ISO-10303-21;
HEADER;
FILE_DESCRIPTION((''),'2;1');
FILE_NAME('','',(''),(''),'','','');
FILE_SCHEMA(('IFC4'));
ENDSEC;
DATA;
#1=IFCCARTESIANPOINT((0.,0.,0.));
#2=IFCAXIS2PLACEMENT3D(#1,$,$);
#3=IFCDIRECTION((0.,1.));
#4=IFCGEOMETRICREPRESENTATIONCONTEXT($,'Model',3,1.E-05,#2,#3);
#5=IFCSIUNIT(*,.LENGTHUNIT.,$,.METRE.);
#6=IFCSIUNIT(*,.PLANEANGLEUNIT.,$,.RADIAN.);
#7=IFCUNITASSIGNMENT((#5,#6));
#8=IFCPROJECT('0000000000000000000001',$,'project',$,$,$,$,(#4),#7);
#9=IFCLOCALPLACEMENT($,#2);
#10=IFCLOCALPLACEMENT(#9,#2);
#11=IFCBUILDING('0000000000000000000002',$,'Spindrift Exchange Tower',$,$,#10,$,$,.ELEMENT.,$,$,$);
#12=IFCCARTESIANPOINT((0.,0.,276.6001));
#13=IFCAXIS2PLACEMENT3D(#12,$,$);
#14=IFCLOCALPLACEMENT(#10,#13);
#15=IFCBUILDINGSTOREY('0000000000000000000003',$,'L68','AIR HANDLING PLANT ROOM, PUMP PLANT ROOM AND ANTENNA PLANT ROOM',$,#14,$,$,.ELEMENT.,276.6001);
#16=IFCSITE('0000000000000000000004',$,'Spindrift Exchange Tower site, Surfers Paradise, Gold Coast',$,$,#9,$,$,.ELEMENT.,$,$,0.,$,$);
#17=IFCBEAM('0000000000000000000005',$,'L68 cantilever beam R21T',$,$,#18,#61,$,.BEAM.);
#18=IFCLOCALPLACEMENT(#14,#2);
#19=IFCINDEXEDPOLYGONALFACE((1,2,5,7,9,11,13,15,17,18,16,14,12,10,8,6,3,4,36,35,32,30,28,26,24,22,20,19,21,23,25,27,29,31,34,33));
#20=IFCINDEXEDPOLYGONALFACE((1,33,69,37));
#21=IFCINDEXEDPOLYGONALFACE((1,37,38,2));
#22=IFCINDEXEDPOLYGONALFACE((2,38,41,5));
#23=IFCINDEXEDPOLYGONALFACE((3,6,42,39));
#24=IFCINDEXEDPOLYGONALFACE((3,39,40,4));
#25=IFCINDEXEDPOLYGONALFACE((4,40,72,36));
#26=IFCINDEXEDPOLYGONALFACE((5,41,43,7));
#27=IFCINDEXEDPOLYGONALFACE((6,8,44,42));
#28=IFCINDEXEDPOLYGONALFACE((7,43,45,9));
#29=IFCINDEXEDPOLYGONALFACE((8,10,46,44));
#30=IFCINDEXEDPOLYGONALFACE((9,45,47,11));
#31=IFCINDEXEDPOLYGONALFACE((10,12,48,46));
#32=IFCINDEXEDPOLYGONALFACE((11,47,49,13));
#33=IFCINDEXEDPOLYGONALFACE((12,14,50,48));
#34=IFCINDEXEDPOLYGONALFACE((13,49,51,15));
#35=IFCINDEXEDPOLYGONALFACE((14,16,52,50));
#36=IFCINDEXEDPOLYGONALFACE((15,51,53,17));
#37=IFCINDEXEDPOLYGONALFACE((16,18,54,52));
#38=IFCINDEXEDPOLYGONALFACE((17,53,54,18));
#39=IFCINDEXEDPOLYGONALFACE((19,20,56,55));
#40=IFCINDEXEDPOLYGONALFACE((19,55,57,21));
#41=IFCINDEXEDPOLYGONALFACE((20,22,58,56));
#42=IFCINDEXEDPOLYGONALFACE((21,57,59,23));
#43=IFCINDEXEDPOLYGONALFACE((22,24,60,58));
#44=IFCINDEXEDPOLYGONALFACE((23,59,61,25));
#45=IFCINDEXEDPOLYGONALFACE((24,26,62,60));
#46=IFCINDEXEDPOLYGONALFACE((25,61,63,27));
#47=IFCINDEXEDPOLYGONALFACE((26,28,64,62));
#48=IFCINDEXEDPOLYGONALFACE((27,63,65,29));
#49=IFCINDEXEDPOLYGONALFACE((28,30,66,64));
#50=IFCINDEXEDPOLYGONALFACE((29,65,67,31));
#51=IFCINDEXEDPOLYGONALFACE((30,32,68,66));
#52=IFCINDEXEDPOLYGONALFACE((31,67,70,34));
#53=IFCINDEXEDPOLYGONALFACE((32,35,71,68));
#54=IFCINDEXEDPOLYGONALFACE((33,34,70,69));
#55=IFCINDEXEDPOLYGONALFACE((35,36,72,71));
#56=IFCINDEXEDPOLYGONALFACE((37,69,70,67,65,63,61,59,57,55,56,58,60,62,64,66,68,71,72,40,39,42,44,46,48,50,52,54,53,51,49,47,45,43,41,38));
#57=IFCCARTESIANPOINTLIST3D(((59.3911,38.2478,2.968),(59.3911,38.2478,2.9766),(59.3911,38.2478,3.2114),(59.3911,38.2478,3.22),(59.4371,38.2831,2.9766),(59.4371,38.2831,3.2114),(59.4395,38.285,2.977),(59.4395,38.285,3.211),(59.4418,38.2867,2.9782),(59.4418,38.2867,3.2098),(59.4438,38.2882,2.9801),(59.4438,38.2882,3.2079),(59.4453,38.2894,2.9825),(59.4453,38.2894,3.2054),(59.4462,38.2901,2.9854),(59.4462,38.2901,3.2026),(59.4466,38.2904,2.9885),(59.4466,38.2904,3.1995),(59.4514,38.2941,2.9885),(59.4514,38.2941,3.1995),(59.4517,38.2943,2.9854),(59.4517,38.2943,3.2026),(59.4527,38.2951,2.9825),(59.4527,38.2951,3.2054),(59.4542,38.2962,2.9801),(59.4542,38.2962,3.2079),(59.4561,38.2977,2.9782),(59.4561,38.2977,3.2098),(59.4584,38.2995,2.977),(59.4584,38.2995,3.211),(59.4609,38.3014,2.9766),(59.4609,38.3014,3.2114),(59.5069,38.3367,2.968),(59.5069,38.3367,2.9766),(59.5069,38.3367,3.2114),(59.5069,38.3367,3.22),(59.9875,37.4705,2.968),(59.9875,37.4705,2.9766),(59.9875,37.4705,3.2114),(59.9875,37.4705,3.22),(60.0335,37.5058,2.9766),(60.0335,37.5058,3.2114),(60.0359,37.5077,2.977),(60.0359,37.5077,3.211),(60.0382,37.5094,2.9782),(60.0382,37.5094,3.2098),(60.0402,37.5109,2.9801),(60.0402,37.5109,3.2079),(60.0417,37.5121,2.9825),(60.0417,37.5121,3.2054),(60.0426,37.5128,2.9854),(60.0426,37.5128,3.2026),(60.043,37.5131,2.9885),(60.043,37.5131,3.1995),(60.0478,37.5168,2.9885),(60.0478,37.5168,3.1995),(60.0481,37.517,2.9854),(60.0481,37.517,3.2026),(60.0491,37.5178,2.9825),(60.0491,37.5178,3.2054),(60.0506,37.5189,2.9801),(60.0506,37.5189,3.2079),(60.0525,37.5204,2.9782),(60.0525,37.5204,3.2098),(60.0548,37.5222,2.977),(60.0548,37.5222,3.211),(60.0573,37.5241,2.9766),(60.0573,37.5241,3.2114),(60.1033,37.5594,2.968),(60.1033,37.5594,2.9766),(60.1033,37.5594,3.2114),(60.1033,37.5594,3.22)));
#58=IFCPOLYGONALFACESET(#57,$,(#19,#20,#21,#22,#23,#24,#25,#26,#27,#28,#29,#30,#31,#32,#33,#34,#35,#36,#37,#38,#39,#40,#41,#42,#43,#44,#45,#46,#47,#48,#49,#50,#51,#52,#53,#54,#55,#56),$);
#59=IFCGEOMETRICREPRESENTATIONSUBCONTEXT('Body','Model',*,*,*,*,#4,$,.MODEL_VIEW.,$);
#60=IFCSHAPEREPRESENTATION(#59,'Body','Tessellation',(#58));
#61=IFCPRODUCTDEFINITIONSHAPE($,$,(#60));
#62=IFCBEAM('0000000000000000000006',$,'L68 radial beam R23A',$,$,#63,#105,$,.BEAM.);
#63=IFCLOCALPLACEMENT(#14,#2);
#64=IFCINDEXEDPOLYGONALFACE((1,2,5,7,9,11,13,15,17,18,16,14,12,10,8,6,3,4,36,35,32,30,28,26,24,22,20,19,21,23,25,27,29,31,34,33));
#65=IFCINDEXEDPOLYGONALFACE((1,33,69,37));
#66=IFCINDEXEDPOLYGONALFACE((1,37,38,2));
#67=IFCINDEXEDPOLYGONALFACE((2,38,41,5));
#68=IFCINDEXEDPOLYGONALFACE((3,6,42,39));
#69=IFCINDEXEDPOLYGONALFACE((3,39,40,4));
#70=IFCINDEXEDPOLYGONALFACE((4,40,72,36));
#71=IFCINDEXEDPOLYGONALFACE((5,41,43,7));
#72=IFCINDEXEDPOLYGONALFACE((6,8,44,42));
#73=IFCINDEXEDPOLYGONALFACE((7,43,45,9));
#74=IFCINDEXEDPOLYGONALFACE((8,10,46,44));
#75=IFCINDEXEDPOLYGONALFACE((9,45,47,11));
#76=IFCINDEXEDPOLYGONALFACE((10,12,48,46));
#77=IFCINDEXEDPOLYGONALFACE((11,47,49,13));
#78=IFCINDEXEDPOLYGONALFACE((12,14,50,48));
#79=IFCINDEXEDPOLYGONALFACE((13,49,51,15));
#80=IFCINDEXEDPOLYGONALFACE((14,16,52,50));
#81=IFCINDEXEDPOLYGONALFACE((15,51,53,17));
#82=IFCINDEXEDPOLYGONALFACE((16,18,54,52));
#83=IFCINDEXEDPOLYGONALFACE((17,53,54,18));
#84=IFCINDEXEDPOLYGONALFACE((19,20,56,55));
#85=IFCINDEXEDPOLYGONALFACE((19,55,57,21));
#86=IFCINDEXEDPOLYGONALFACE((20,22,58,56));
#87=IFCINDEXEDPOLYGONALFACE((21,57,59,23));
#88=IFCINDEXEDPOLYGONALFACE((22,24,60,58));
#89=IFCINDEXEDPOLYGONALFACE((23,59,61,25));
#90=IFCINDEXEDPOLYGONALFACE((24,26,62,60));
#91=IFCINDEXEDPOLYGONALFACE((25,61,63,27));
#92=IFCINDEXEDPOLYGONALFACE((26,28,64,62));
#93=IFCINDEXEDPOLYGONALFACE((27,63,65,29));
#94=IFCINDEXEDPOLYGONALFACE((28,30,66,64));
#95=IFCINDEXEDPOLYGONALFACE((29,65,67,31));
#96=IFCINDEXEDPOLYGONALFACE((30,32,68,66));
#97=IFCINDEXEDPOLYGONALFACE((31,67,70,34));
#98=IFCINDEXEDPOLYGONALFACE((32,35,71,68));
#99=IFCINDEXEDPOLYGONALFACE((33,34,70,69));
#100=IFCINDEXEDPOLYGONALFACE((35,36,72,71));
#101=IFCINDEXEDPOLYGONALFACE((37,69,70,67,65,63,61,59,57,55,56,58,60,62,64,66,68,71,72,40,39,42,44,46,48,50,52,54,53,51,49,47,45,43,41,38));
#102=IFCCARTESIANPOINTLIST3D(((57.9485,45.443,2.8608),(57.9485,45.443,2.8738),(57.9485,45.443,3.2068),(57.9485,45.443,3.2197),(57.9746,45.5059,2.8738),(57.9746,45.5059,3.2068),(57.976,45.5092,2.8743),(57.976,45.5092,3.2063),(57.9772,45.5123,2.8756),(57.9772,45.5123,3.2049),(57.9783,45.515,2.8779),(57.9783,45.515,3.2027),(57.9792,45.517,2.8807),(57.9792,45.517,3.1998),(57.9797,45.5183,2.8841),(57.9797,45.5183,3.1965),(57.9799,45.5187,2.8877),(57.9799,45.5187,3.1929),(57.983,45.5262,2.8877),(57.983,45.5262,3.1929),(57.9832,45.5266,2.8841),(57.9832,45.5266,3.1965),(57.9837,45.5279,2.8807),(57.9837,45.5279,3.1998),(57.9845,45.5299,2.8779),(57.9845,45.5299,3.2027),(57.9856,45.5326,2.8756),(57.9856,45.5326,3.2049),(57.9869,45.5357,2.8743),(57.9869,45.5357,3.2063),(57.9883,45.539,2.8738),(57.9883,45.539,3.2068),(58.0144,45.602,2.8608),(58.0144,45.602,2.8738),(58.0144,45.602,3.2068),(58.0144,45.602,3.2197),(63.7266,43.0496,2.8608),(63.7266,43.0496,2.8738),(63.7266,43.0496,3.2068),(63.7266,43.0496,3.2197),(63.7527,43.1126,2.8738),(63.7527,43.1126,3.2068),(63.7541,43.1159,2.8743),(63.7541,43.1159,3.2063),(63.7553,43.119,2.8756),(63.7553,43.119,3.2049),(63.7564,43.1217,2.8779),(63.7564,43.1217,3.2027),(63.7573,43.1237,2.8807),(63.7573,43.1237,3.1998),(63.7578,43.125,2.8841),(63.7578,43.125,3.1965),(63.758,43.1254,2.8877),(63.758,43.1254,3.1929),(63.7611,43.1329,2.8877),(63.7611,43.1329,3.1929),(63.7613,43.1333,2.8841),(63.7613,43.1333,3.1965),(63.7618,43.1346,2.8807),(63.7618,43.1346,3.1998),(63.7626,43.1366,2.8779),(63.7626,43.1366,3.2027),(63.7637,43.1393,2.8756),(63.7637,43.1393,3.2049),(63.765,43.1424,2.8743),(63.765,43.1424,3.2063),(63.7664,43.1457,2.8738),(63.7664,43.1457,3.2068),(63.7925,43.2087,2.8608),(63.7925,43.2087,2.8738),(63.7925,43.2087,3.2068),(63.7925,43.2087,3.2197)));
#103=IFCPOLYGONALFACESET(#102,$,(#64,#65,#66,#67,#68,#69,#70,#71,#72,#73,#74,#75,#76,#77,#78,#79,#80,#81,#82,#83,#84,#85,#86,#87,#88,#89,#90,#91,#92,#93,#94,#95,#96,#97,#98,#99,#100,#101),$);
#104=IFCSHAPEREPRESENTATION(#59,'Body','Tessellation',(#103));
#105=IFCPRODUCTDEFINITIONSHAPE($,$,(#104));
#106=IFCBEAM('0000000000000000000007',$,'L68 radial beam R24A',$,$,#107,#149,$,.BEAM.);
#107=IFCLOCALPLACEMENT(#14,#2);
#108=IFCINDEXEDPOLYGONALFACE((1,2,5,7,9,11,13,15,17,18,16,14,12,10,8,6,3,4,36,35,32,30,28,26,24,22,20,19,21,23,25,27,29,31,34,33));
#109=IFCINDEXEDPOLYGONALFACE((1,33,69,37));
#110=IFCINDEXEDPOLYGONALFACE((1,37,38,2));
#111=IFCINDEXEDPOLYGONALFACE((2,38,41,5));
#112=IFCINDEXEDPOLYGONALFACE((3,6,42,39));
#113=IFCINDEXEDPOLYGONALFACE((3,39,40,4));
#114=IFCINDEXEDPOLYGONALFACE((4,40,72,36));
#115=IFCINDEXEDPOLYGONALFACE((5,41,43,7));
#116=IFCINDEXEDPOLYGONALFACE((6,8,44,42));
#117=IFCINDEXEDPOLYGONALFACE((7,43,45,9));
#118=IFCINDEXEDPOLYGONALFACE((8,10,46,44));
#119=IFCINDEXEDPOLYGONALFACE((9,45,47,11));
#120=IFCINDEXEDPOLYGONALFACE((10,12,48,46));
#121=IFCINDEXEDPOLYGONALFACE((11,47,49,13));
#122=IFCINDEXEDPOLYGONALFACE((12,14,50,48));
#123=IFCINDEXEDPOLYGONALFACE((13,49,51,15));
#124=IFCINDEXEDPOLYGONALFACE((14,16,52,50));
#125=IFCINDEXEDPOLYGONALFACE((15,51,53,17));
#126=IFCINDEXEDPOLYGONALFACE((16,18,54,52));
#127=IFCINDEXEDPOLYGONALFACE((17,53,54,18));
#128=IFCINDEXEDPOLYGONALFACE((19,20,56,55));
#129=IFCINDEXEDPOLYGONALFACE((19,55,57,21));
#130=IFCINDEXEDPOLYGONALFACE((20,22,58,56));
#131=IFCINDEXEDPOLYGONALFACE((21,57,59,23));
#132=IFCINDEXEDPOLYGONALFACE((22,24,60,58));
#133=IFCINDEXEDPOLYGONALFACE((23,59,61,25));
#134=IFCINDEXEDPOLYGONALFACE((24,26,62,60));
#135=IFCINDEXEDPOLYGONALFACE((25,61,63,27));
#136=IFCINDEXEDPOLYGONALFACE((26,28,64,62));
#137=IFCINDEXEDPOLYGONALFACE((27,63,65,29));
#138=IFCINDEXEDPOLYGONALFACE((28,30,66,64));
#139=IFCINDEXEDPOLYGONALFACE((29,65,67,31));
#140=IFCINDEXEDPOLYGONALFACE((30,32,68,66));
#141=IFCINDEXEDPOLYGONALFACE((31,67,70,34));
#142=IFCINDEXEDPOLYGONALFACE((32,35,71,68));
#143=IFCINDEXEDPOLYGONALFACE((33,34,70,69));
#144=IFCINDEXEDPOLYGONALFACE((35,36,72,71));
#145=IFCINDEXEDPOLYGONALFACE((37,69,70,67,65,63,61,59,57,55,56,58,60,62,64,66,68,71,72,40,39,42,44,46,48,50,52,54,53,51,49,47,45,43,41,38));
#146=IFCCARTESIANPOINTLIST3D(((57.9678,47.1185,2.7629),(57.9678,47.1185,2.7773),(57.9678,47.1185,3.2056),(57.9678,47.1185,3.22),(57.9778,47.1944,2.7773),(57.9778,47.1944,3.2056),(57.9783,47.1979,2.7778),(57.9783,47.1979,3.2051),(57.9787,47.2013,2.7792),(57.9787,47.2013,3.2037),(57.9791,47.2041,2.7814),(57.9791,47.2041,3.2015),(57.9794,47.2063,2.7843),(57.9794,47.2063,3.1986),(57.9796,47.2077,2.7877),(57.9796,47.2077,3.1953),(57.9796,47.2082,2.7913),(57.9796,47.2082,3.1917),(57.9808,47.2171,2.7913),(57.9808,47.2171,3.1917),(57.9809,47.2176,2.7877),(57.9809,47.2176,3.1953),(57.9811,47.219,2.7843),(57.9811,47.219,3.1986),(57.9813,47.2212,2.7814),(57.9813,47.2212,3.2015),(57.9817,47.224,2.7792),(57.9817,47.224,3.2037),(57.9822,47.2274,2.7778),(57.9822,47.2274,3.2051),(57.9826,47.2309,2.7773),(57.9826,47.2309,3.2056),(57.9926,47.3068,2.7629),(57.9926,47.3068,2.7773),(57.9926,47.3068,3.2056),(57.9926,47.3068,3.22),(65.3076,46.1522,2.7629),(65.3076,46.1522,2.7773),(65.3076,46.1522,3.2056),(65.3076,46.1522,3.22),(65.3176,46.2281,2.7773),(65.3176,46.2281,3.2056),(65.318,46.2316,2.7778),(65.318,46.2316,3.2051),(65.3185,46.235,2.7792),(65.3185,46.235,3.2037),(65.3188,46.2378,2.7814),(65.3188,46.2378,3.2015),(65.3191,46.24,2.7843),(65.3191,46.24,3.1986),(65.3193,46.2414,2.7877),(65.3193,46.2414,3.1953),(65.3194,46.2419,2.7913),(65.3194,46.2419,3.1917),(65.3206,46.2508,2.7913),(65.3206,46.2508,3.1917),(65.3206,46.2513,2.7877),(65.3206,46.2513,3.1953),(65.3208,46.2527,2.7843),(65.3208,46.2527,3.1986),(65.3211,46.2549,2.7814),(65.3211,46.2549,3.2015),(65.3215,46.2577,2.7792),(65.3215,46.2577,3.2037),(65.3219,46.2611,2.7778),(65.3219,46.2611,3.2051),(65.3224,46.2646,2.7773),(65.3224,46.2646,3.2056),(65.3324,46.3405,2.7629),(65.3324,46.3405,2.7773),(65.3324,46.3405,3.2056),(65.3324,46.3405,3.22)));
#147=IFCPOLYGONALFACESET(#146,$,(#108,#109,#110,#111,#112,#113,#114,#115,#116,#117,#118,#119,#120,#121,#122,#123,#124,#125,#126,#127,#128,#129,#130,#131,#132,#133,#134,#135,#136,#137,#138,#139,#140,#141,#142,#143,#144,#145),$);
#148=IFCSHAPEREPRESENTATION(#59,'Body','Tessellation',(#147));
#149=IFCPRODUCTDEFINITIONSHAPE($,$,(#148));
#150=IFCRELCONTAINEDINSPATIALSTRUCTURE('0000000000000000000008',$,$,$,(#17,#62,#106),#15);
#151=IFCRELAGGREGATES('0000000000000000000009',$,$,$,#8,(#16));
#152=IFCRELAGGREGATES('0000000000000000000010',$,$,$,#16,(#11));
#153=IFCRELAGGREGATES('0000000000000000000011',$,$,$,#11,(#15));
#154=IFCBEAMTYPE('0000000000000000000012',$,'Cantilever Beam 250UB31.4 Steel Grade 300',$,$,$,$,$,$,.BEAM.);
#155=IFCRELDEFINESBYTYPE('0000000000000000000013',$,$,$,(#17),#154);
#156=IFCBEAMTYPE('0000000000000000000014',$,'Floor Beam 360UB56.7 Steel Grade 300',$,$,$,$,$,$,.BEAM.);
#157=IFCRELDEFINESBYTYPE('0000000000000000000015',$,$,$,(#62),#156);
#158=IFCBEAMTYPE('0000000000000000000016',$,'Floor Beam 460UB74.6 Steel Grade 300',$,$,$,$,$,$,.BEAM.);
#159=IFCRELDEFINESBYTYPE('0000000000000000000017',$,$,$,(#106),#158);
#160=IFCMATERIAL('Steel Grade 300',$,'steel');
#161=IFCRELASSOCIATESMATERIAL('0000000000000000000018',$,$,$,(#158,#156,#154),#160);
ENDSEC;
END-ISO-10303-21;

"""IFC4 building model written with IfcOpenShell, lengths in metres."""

from ifc_helpers import new_model, si_unit, direction, frame, origin, origin_2d, place, context, subcontext, project, spatial, i_section, extrude, source, transform, mapped, material, material_profile, profile_set, type_object, element, save


model = new_model("IFC4")

# Units and contexts
model_context = context("Model", 3, precision=1e-05, world=origin(), true_north=direction((0.0, 1.0)))
body_context = subcontext(model_context, "Body", "Model", "MODEL_VIEW")
ifc_project = project(units=[si_unit("LENGTHUNIT", "METRE"), si_unit("PLANEANGLEUNIT", "RADIAN")], contexts=[model_context])

# Site, building, storey
site_placement = place(None, origin())
site = spatial("IfcSite", under=ifc_project, at=site_placement, Name="Spindrift Exchange Tower site, Surfers Paradise, Gold Coast", CompositionType="ELEMENT", RefElevation=0.0)
building_placement = place(site_placement, origin())
building = spatial("IfcBuilding", under=site, at=building_placement, Name="Spindrift Exchange Tower", CompositionType="ELEMENT")
storey_placement = place(building_placement, frame((0.0, 0.0, 276.6001)))
storey = spatial("IfcBuildingStorey", under=building, at=storey_placement, Name="L68", Description="AIR HANDLING PLANT ROOM, PUMP PLANT ROOM AND ANTENNA PLANT ROOM", CompositionType="ELEMENT", Elevation=276.6001)

# Beams
ifc_material_1 = material(Name="Steel Grade 300", Category="steel")
ifc_material_profile_1 = material_profile(ifc_material_1, i_section(OverallWidth=0.1899, OverallDepth=0.457, WebThickness=0.009, FlangeThickness=0.0144, FilletRadius=0.0139, at=origin_2d()), Name="460UB74.6")
ifc_profile_set_1 = profile_set([ifc_material_profile_1], Name="Steel Grade 300")
beam_type_1 = type_object("IfcBeamType", Name="Floor Beam 460UB74.6 Steel Grade 300", PredefinedType="BEAM", material=ifc_profile_set_1)
ifc_material_profile_2 = material_profile(ifc_material_1, i_section(OverallWidth=0.1721, OverallDepth=0.3589, WebThickness=0.0081, FlangeThickness=0.0129, FilletRadius=0.0139, at=origin_2d()), Name="360UB56.7")
ifc_profile_set_2 = profile_set([ifc_material_profile_2], Name="Steel Grade 300")
beam_type_2 = type_object("IfcBeamType", Name="Floor Beam 360UB56.7 Steel Grade 300", PredefinedType="BEAM", material=ifc_profile_set_2)
ifc_material_profile_3 = material_profile(ifc_material_1, i_section(OverallWidth=0.146, OverallDepth=0.252, WebThickness=0.0061, FlangeThickness=0.0085, FilletRadius=0.012, at=origin_2d()), Name="250UB31.4")
ifc_profile_set_3 = profile_set([ifc_material_profile_3], Name="Steel Grade 300")
beam_type_3 = type_object("IfcBeamType", Name="Cantilever Beam 250UB31.4 Steel Grade 300", PredefinedType="BEAM", material=ifc_profile_set_3)
shared_shape_1 = source(origin(), body_context, "Body", "SweptSolid", [
    extrude(i_section(OverallWidth=0.146, OverallDepth=0.252, WebThickness=0.0061, FlangeThickness=0.0085, FilletRadius=0.012, at=origin_2d()), origin(), (0.0, 0.0, 1.0), 0.9797),
])
beam_1_placement = place(storey_placement, frame((59.449, 38.2922, 3.094), z_axis=(0.608735, -0.793374, 0.0), x_axis=(0.793374, 0.608735, 0.0)))
element("IfcBeam", 1, at=beam_1_placement, inside=storey, type_object=beam_type_3, Name="L68 cantilever beam R21T", PredefinedType="BEAM", context=body_context, shape_type="MappedRepresentation", body=[
    mapped(shared_shape_1, transform((0.0, 0.0, 0.0), scale=1.0)),
])
shared_shape_2 = source(origin(), body_context, "Body", "SweptSolid", [
    extrude(i_section(OverallWidth=0.1721, OverallDepth=0.3589, WebThickness=0.0081, FlangeThickness=0.0129, FilletRadius=0.0139, at=origin_2d()), origin(), (0.0, 0.0, 1.0), 6.2542),
])
beam_2_placement = place(storey_placement, frame((57.9814, 45.5225, 3.0403), z_axis=(0.923882, -0.382677, 0.0), x_axis=(0.382677, 0.923882, 0.0)))
element("IfcBeam", 2, at=beam_2_placement, inside=storey, type_object=beam_type_2, Name="L68 radial beam R23A", PredefinedType="BEAM", context=body_context, shape_type="MappedRepresentation", body=[
    mapped(shared_shape_2, transform((0.0, 0.0, 0.0), scale=1.0)),
])
shared_shape_3 = source(origin(), body_context, "Body", "SweptSolid", [
    extrude(i_section(OverallWidth=0.1899, OverallDepth=0.457, WebThickness=0.009, FlangeThickness=0.0144, FilletRadius=0.0139, at=origin_2d()), origin(), (0.0, 0.0, 1.0), 7.4031),
])
beam_3_placement = place(storey_placement, frame((57.9802, 47.2126, 2.9915), z_axis=(0.991445, -0.130526, 0.0), x_axis=(0.130526, 0.991445, 0.0)))
element("IfcBeam", 3, at=beam_3_placement, inside=storey, type_object=beam_type_1, Name="L68 radial beam R24A", PredefinedType="BEAM", context=body_context, shape_type="MappedRepresentation", body=[
    mapped(shared_shape_3, transform((0.0, 0.0, 0.0), scale=1.0)),
])

save(model, "model.ifc")
